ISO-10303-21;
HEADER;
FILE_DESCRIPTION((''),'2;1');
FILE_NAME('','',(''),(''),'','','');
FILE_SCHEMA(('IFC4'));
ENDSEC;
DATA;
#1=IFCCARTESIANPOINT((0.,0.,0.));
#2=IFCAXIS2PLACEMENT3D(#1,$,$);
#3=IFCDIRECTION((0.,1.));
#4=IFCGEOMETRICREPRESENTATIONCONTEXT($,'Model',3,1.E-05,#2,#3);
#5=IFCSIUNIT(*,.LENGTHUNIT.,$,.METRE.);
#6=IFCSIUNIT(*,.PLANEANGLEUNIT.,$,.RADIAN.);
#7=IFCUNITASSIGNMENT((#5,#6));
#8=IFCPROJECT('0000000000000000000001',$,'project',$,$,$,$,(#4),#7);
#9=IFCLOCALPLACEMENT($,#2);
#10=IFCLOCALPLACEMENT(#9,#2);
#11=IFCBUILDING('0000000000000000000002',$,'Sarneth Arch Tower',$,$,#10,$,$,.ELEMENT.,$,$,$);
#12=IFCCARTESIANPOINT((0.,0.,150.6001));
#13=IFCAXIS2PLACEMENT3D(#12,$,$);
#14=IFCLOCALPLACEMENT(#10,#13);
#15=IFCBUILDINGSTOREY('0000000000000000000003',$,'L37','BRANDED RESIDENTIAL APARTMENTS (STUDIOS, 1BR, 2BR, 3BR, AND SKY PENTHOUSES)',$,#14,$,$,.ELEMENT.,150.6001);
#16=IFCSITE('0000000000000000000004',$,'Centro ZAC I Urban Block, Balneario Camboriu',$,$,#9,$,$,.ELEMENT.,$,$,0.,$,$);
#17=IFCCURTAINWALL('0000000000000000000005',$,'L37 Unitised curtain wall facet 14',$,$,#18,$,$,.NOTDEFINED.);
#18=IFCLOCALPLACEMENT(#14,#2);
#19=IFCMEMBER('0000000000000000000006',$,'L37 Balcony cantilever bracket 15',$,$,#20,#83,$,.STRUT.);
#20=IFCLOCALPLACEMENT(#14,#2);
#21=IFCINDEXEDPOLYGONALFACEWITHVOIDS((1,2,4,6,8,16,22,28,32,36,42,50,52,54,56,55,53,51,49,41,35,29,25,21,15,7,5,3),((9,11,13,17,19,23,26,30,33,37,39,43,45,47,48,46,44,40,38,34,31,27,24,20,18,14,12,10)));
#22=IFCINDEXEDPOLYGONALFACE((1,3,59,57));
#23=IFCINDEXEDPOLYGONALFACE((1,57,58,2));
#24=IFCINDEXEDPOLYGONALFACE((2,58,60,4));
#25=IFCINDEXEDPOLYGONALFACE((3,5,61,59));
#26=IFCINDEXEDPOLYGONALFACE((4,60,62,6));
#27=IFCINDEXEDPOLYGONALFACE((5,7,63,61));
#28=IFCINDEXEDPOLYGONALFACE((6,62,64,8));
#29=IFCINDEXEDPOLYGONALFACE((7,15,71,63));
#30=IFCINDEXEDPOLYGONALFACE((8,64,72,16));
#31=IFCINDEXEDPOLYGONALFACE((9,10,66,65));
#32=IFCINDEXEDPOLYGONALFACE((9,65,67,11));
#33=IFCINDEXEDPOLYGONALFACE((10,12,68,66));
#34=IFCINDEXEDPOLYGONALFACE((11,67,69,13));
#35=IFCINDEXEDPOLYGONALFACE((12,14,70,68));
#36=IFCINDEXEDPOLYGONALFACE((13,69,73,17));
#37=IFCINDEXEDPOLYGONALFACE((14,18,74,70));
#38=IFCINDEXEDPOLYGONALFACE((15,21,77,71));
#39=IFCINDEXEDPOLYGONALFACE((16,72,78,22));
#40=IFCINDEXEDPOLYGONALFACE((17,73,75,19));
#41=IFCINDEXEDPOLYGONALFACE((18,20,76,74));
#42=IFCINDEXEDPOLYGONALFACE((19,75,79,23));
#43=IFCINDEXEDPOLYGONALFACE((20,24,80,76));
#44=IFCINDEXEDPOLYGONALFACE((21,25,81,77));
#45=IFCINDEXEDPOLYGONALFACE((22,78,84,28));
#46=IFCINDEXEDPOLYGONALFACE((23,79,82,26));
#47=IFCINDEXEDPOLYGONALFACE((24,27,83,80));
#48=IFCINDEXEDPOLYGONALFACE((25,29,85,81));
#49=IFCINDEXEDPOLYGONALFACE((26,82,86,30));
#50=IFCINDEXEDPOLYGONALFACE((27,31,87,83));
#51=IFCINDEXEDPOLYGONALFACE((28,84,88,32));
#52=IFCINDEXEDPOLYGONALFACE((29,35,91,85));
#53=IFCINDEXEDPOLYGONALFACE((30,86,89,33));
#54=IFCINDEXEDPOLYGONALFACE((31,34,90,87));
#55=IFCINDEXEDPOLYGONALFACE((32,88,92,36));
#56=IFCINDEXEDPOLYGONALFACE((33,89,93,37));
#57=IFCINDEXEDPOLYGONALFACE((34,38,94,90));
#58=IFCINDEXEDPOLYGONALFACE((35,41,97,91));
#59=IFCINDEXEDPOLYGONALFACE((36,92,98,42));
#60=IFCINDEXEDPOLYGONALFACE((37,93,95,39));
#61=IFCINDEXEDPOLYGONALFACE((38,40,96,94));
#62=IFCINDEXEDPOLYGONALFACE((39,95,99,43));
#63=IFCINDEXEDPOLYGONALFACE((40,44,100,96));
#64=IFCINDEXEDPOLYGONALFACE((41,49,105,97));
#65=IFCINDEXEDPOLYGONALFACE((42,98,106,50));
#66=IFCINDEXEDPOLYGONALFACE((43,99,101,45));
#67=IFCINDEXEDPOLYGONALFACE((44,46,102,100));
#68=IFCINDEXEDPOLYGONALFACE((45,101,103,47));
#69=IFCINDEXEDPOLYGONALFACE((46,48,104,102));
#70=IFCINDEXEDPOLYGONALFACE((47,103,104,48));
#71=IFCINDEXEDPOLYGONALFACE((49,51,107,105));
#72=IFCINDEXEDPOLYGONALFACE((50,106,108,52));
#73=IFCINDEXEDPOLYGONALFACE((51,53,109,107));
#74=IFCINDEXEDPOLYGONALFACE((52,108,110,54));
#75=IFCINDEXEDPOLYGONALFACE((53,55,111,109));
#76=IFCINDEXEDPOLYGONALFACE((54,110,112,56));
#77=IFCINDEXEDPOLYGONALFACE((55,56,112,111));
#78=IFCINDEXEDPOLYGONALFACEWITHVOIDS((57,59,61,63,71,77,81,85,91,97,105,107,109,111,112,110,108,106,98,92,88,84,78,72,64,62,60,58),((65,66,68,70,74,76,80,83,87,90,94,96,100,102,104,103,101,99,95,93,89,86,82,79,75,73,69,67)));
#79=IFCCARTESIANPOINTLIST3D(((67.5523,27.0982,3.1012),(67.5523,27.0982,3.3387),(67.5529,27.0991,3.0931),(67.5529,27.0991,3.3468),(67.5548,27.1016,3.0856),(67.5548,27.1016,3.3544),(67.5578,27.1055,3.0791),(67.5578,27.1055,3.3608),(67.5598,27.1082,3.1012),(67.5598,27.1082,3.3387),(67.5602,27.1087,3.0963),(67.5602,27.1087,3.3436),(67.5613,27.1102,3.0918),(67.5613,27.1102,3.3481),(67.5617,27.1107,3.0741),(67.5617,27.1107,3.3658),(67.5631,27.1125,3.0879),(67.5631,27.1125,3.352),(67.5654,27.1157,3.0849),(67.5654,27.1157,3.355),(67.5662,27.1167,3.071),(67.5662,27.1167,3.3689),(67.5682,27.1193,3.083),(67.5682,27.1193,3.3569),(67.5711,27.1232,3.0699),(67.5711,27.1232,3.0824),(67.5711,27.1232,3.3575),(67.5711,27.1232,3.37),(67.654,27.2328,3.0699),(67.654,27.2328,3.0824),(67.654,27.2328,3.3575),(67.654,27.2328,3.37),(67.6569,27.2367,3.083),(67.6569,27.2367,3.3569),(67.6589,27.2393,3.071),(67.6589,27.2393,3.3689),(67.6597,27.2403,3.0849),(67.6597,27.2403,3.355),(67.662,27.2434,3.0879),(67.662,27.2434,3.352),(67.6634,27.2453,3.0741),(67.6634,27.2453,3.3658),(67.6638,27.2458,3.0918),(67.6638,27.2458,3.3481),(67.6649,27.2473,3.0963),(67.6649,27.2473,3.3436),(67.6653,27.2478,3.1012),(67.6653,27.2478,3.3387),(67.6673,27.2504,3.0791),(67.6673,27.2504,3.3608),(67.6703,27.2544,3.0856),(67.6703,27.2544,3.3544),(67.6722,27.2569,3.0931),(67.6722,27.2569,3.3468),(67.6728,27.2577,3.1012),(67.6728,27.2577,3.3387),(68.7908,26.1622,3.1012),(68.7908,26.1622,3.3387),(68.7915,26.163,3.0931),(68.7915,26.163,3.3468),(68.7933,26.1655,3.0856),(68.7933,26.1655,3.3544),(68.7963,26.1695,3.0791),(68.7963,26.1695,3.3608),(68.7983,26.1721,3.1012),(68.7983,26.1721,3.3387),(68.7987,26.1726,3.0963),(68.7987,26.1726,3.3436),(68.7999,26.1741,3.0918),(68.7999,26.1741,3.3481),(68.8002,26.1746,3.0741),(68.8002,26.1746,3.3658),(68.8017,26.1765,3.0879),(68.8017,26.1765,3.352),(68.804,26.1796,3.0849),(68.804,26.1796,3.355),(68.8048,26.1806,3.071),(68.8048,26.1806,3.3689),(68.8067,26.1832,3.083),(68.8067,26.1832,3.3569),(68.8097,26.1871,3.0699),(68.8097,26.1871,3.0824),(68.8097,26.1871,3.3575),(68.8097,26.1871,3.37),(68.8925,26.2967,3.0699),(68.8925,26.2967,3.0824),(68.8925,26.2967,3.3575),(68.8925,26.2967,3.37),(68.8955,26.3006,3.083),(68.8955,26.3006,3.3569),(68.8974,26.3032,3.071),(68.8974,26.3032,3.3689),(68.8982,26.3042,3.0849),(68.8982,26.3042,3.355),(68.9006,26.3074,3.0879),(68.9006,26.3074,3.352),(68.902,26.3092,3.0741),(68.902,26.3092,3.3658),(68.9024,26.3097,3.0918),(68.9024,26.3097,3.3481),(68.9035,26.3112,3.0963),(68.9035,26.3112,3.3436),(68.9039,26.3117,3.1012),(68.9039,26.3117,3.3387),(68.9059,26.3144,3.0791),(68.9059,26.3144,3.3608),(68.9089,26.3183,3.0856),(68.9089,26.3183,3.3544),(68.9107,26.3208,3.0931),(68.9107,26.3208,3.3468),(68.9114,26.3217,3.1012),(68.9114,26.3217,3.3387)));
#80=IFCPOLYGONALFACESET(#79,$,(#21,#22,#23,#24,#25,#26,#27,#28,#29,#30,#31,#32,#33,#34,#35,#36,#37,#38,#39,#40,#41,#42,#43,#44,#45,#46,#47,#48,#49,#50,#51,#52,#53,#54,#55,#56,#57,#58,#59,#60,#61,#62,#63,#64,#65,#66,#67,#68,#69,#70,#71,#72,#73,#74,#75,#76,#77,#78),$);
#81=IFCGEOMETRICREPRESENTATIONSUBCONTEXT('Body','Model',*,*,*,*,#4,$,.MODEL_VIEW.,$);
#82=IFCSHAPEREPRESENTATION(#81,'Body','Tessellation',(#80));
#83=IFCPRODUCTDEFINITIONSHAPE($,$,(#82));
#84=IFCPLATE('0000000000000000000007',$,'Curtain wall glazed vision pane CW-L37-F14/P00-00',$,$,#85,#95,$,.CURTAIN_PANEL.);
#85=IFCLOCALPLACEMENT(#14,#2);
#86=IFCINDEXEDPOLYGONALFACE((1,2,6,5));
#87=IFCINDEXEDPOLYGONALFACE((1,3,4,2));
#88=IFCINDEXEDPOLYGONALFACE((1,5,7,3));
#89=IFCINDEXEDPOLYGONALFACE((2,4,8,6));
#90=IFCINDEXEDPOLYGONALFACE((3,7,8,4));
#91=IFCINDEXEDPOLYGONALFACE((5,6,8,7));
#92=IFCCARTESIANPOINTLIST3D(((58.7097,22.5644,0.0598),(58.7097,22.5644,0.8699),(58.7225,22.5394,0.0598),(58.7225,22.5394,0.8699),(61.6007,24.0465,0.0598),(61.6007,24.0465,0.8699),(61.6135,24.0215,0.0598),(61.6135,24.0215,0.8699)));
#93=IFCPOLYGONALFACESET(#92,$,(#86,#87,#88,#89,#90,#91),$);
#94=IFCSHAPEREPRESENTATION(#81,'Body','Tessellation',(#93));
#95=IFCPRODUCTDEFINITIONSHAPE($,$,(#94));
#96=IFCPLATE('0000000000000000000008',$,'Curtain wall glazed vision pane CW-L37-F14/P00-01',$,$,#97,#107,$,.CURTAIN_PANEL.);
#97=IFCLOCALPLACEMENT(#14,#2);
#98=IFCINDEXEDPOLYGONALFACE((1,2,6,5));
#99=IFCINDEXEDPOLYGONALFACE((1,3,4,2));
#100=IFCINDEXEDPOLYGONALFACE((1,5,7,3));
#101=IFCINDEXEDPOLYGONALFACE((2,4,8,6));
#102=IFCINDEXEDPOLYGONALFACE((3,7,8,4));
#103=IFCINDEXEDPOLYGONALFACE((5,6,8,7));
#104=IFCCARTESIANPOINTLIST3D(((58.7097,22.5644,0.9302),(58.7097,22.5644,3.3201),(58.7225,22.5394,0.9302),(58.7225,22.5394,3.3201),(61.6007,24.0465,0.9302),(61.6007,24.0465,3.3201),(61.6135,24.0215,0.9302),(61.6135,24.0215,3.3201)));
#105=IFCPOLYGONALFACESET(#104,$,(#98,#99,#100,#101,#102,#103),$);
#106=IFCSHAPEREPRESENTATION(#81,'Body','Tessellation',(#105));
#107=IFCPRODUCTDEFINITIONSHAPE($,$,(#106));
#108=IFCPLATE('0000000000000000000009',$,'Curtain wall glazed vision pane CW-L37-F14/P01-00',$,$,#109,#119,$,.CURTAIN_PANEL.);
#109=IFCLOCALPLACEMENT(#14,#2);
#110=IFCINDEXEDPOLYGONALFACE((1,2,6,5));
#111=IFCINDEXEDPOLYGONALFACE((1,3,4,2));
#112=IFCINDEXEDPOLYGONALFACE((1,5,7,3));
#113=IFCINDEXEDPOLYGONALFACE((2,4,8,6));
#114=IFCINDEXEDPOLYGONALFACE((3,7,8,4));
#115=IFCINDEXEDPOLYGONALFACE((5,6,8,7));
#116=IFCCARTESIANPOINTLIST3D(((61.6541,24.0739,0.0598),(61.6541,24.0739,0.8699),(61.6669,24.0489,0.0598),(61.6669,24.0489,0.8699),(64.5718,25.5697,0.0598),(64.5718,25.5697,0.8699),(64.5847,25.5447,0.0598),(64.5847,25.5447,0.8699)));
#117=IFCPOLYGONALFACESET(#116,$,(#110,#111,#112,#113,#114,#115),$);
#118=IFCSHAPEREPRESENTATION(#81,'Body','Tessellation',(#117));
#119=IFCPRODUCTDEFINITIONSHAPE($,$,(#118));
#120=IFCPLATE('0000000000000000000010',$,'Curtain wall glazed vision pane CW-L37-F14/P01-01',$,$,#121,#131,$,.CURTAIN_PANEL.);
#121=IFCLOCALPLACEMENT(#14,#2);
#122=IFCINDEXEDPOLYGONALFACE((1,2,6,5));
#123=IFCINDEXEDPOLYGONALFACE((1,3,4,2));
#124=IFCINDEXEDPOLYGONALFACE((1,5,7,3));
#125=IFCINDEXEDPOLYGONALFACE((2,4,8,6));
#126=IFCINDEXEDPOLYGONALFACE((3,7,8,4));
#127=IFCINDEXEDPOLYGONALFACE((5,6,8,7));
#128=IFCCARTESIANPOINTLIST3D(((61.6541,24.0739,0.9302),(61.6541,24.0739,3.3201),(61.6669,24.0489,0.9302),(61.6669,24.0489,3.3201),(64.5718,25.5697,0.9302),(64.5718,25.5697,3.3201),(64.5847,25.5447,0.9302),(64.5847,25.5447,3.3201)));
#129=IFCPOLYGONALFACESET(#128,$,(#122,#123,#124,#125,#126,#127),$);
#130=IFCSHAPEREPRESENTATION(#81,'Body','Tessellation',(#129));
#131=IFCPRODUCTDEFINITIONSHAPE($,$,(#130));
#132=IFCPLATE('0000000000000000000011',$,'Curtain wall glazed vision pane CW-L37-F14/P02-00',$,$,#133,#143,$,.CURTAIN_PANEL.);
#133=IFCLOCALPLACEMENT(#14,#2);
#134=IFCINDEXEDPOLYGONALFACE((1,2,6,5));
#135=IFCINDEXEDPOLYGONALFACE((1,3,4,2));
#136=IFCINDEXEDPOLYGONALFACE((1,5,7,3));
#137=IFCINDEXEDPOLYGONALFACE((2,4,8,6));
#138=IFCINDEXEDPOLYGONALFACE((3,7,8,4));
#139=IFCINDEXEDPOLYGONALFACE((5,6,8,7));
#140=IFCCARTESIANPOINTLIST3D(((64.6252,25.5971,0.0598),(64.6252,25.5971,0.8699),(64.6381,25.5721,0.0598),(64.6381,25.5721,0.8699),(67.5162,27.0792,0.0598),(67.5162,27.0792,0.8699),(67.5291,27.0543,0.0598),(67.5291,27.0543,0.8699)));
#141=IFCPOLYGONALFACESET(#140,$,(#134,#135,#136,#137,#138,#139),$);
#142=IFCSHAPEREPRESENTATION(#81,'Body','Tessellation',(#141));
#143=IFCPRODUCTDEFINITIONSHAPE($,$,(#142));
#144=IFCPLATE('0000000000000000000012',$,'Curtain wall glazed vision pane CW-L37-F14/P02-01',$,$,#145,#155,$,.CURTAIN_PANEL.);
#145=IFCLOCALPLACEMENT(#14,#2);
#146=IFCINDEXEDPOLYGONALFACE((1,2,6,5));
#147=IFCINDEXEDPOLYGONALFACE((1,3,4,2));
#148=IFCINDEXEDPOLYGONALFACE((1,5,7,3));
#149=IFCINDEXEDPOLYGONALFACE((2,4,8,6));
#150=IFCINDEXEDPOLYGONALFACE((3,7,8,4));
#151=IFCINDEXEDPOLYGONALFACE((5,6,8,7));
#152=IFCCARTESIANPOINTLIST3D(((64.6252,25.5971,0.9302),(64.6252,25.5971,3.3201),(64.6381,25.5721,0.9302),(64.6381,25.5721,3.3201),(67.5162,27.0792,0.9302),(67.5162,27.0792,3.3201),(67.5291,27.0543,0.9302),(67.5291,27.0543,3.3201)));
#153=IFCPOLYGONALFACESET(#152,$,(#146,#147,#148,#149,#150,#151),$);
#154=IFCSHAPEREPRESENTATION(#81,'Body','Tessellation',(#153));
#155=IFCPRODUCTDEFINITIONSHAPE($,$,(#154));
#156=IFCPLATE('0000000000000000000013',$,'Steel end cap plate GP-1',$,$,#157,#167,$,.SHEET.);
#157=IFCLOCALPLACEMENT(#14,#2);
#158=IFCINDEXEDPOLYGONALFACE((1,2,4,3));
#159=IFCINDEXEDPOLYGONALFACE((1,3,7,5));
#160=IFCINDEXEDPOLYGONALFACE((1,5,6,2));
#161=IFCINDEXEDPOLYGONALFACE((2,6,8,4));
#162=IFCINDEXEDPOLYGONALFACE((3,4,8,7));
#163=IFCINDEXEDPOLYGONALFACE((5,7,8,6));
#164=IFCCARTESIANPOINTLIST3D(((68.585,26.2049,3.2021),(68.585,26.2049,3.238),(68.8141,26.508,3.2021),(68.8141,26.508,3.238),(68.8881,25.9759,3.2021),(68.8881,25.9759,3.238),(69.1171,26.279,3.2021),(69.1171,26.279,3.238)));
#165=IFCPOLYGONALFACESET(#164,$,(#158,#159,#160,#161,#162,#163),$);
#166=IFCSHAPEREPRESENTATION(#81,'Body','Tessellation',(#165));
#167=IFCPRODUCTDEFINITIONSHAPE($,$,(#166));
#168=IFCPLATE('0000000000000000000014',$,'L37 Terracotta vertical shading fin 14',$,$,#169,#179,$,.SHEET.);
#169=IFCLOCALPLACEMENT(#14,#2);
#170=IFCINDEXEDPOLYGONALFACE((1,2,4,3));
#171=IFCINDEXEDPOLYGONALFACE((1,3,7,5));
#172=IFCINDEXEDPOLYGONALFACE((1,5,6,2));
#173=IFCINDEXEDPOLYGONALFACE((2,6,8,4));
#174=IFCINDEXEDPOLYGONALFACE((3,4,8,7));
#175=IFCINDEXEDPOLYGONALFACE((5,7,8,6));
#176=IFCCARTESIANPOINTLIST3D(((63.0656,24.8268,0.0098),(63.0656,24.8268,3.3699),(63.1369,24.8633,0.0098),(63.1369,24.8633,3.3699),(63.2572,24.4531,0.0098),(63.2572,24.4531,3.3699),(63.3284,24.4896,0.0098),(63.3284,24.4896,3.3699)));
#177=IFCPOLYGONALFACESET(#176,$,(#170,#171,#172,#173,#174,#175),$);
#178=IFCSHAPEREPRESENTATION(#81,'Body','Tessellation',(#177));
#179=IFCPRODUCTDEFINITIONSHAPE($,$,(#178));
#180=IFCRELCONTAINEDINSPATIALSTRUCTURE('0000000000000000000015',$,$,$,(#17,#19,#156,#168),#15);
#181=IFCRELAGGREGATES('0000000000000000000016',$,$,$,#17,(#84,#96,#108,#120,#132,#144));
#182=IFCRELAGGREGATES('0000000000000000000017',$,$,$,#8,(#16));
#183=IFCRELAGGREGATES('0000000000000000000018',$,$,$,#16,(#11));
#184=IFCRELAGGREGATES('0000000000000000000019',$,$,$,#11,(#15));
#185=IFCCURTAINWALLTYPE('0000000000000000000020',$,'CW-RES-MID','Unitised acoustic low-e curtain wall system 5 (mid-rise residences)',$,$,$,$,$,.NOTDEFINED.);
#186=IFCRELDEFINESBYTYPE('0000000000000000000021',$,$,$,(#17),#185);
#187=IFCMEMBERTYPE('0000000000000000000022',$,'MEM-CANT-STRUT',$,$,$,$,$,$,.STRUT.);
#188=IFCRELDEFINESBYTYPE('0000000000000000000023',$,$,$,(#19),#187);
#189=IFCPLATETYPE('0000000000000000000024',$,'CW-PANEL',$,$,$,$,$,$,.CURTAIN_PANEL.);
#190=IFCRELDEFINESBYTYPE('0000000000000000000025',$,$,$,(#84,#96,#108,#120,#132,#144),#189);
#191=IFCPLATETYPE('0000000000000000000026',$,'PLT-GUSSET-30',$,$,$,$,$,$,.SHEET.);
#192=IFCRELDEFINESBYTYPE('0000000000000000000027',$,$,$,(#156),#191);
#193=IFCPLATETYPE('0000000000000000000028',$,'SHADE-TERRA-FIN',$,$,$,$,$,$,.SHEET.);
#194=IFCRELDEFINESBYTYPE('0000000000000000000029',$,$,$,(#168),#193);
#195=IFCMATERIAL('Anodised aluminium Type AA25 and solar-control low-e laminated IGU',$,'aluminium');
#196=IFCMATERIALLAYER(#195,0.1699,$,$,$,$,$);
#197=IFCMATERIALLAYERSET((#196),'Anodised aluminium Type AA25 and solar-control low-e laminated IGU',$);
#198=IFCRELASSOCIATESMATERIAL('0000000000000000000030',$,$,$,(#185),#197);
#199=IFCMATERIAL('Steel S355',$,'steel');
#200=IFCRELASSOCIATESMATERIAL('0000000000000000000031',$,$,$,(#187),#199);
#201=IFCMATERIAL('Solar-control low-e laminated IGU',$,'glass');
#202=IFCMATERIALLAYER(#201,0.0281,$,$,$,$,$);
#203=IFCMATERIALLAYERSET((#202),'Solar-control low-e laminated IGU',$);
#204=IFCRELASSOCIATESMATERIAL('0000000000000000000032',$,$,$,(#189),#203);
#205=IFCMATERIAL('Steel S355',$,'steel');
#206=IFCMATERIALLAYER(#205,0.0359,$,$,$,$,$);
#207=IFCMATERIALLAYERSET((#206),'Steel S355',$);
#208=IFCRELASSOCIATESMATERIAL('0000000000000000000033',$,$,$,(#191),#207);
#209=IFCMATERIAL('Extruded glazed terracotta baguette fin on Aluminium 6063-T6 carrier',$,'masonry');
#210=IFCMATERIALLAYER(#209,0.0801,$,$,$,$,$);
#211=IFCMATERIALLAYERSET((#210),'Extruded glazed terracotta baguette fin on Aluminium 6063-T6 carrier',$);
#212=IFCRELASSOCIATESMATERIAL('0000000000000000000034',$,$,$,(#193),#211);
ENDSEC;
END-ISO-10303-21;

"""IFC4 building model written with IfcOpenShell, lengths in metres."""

from ifc_helpers import new_model, si_unit, direction, frame, origin, origin_2d, place, context, subcontext, project, spatial, rectangle, hollow_rectangle, extrude, material, layer, layer_set, material_profile, profile_set, type_object, element, aggregate, save


model = new_model("IFC4")

# Units and contexts
model_context = context("Model", 3, precision=1e-05, world=origin(), true_north=direction((0.0, 1.0)))
body_context = subcontext(model_context, "Body", "Model", "MODEL_VIEW")
ifc_project = project(units=[si_unit("LENGTHUNIT", "METRE"), si_unit("PLANEANGLEUNIT", "RADIAN")], contexts=[model_context])

# Site, building, storey
site_placement = place(None, origin())
site = spatial("IfcSite", under=ifc_project, at=site_placement, Name="Centro ZAC I Urban Block, Balneario Camboriu", CompositionType="ELEMENT", RefElevation=0.0)
building_placement = place(site_placement, origin())
building = spatial("IfcBuilding", under=site, at=building_placement, Name="Sarneth Arch Tower", CompositionType="ELEMENT")
storey_placement = place(building_placement, frame((0.0, 0.0, 150.6001)))
storey = spatial("IfcBuildingStorey", under=building, at=storey_placement, Name="L37", Description="BRANDED RESIDENTIAL APARTMENTS (STUDIOS, 1BR, 2BR, 3BR, AND SKY PENTHOUSES)", CompositionType="ELEMENT", Elevation=150.6001)

# Curtain wall
ifc_material_1 = material(Name="Anodised aluminium Type AA25 and solar-control low-e laminated IGU", Category="aluminium")
ifc_layer_1 = layer(ifc_material_1, 0.1699)
ifc_layer_set_1 = layer_set([ifc_layer_1], Name="Anodised aluminium Type AA25 and solar-control low-e laminated IGU")
curtain_wall_type = type_object("IfcCurtainWallType", Name="CW-RES-MID", Description="Unitised acoustic low-e curtain wall system 5 (mid-rise residences)", PredefinedType="NOTDEFINED", material=ifc_layer_set_1)
curtain_wall_placement = place(storey_placement, origin())
curtain_wall = element("IfcCurtainWall", 1, at=curtain_wall_placement, inside=storey, type_object=curtain_wall_type, Name="L37 Unitised curtain wall facet 14", PredefinedType="NOTDEFINED")

# Member
ifc_material_2 = material(Name="Steel S355", Category="steel")
ifc_material_profile_1 = material_profile(ifc_material_2, hollow_rectangle(XDim=0.2, YDim=0.3, WallThickness=0.0125, InnerFilletRadius=0.0188, OuterFilletRadius=0.0312, at=origin_2d()), Name="RHS300x200x12.5")
ifc_profile_set_1 = profile_set([ifc_material_profile_1], Name="Steel S355")
member_type_1 = type_object("IfcMemberType", Name="MEM-CANT-STRUT", PredefinedType="STRUT", material=ifc_profile_set_1)
member_1_placement = place(storey_placement, frame((67.6125, 27.178, 3.22), z_axis=(0.797787, -0.60294, 0.0), x_axis=(0.60294, 0.797787, 0.0)))
element("IfcMember", 2, at=member_1_placement, inside=storey, type_object=member_type_1, Name="L37 Balcony cantilever bracket 15", PredefinedType="STRUT", context=body_context, shape_type="SweptSolid", body=[
    extrude(hollow_rectangle(XDim=0.2, YDim=0.3, WallThickness=0.0125, InnerFilletRadius=0.0188, OuterFilletRadius=0.0312, at=origin_2d()), origin(), (0.0, 0.0, 1.0), 1.5525),
])

# Plates
ifc_material_3 = material(Name="Solar-control low-e laminated IGU", Category="glass")
ifc_layer_2 = layer(ifc_material_3, 0.0281)
ifc_layer_set_2 = layer_set([ifc_layer_2], Name="Solar-control low-e laminated IGU")
plate_type_1 = type_object("IfcPlateType", Name="CW-PANEL", PredefinedType="CURTAIN_PANEL", material=ifc_layer_set_2)
plate_1_placement = place(storey_placement, frame((60.1616, 23.293, 0.0598), z_axis=(0.0, 0.0, 1.0), x_axis=(0.889873, 0.456208, 0.0)))
plate_1 = element("IfcPlate", 3, at=plate_1_placement, type_object=plate_type_1, Name="Curtain wall glazed vision pane CW-L37-F14/P00-00", PredefinedType="CURTAIN_PANEL", context=body_context, shape_type="SweptSolid", body=[
    extrude(rectangle(XDim=3.2488, YDim=0.0281, at=origin_2d()), origin(), (0.0, 0.0, 1.0), 0.8101),
])
plate_2_placement = place(storey_placement, frame((60.1616, 23.293, 0.9302), z_axis=(0.0, 0.0, 1.0), x_axis=(0.889873, 0.456208, 0.0)))
plate_2 = element("IfcPlate", 4, at=plate_2_placement, type_object=plate_type_1, Name="Curtain wall glazed vision pane CW-L37-F14/P00-01", PredefinedType="CURTAIN_PANEL", context=body_context, shape_type="SweptSolid", body=[
    extrude(rectangle(XDim=3.2488, YDim=0.0281, at=origin_2d()), origin(), (0.0, 0.0, 1.0), 2.3899),
])
plate_3_placement = place(storey_placement, frame((63.1194, 24.8093, 0.0598), z_axis=(0.0, 0.0, 1.0), x_axis=(0.889873, 0.456208, 0.0)))
plate_3 = element("IfcPlate", 5, at=plate_3_placement, type_object=plate_type_1, Name="Curtain wall glazed vision pane CW-L37-F14/P01-00", PredefinedType="CURTAIN_PANEL", context=body_context, shape_type="SweptSolid", body=[
    extrude(rectangle(XDim=3.2788, YDim=0.0281, at=origin_2d()), origin(), (0.0, 0.0, 1.0), 0.8101),
])
plate_4_placement = place(storey_placement, frame((63.1194, 24.8093, 0.9302), z_axis=(0.0, 0.0, 1.0), x_axis=(0.889873, 0.456208, 0.0)))
plate_4 = element("IfcPlate", 6, at=plate_4_placement, type_object=plate_type_1, Name="Curtain wall glazed vision pane CW-L37-F14/P01-01", PredefinedType="CURTAIN_PANEL", context=body_context, shape_type="SweptSolid", body=[
    extrude(rectangle(XDim=3.2788, YDim=0.0281, at=origin_2d()), origin(), (0.0, 0.0, 1.0), 2.3899),
])
plate_5_placement = place(storey_placement, frame((66.0771, 26.3257, 0.0598), z_axis=(0.0, 0.0, 1.0), x_axis=(0.889873, 0.456208, 0.0)))
plate_5 = element("IfcPlate", 7, at=plate_5_placement, type_object=plate_type_1, Name="Curtain wall glazed vision pane CW-L37-F14/P02-00", PredefinedType="CURTAIN_PANEL", context=body_context, shape_type="SweptSolid", body=[
    extrude(rectangle(XDim=3.2488, YDim=0.0281, at=origin_2d()), origin(), (0.0, 0.0, 1.0), 0.8101),
])
plate_6_placement = place(storey_placement, frame((66.0771, 26.3257, 0.9302), z_axis=(0.0, 0.0, 1.0), x_axis=(0.889873, 0.456208, 0.0)))
plate_6 = element("IfcPlate", 8, at=plate_6_placement, type_object=plate_type_1, Name="Curtain wall glazed vision pane CW-L37-F14/P02-01", PredefinedType="CURTAIN_PANEL", context=body_context, shape_type="SweptSolid", body=[
    extrude(rectangle(XDim=3.2488, YDim=0.0281, at=origin_2d()), origin(), (0.0, 0.0, 1.0), 2.3899),
])
aggregate(curtain_wall, [plate_1, plate_2, plate_3, plate_4, plate_5, plate_6])

# Plates
ifc_material_4 = material(Name="Steel S355", Category="steel")
ifc_layer_3 = layer(ifc_material_4, 0.0359)
ifc_layer_set_3 = layer_set([ifc_layer_3], Name="Steel S355")
plate_type_2 = type_object("IfcPlateType", Name="PLT-GUSSET-30", PredefinedType="SHEET", material=ifc_layer_set_3)
plate_7_placement = place(storey_placement, frame((68.8511, 26.2419, 3.2021), z_axis=(0.0, 0.0, 1.0), x_axis=(0.797794, -0.60293, 0.0)))
element("IfcPlate", 9, at=plate_7_placement, inside=storey, type_object=plate_type_2, Name="Steel end cap plate GP-1", PredefinedType="SHEET", context=body_context, shape_type="SweptSolid", body=[
    extrude(rectangle(XDim=0.3799, YDim=0.3799, at=origin_2d()), origin(), (0.0, 0.0, 1.0), 0.0359),
])
ifc_material_5 = material(Name="Extruded glazed terracotta baguette fin on Aluminium 6063-T6 carrier", Category="masonry")
ifc_layer_4 = layer(ifc_material_5, 0.0801)
ifc_layer_set_4 = layer_set([ifc_layer_4], Name="Extruded glazed terracotta baguette fin on Aluminium 6063-T6 carrier")
plate_type_3 = type_object("IfcPlateType", Name="SHADE-TERRA-FIN", PredefinedType="SHEET", material=ifc_layer_set_4)
plate_8_placement = place(storey_placement, frame((63.197, 24.6582, 0.0098), z_axis=(0.0, 0.0, 1.0), x_axis=(0.456166, -0.889895, 0.0)))
element("IfcPlate", 10, at=plate_8_placement, inside=storey, type_object=plate_type_3, Name="L37 Terracotta vertical shading fin 14", PredefinedType="SHEET", context=body_context, shape_type="SweptSolid", body=[
    extrude(rectangle(XDim=0.4199, YDim=0.0801, at=origin_2d()), origin(), (0.0, 0.0, 1.0), 3.3601),
])

save(model, "model.ifc")
